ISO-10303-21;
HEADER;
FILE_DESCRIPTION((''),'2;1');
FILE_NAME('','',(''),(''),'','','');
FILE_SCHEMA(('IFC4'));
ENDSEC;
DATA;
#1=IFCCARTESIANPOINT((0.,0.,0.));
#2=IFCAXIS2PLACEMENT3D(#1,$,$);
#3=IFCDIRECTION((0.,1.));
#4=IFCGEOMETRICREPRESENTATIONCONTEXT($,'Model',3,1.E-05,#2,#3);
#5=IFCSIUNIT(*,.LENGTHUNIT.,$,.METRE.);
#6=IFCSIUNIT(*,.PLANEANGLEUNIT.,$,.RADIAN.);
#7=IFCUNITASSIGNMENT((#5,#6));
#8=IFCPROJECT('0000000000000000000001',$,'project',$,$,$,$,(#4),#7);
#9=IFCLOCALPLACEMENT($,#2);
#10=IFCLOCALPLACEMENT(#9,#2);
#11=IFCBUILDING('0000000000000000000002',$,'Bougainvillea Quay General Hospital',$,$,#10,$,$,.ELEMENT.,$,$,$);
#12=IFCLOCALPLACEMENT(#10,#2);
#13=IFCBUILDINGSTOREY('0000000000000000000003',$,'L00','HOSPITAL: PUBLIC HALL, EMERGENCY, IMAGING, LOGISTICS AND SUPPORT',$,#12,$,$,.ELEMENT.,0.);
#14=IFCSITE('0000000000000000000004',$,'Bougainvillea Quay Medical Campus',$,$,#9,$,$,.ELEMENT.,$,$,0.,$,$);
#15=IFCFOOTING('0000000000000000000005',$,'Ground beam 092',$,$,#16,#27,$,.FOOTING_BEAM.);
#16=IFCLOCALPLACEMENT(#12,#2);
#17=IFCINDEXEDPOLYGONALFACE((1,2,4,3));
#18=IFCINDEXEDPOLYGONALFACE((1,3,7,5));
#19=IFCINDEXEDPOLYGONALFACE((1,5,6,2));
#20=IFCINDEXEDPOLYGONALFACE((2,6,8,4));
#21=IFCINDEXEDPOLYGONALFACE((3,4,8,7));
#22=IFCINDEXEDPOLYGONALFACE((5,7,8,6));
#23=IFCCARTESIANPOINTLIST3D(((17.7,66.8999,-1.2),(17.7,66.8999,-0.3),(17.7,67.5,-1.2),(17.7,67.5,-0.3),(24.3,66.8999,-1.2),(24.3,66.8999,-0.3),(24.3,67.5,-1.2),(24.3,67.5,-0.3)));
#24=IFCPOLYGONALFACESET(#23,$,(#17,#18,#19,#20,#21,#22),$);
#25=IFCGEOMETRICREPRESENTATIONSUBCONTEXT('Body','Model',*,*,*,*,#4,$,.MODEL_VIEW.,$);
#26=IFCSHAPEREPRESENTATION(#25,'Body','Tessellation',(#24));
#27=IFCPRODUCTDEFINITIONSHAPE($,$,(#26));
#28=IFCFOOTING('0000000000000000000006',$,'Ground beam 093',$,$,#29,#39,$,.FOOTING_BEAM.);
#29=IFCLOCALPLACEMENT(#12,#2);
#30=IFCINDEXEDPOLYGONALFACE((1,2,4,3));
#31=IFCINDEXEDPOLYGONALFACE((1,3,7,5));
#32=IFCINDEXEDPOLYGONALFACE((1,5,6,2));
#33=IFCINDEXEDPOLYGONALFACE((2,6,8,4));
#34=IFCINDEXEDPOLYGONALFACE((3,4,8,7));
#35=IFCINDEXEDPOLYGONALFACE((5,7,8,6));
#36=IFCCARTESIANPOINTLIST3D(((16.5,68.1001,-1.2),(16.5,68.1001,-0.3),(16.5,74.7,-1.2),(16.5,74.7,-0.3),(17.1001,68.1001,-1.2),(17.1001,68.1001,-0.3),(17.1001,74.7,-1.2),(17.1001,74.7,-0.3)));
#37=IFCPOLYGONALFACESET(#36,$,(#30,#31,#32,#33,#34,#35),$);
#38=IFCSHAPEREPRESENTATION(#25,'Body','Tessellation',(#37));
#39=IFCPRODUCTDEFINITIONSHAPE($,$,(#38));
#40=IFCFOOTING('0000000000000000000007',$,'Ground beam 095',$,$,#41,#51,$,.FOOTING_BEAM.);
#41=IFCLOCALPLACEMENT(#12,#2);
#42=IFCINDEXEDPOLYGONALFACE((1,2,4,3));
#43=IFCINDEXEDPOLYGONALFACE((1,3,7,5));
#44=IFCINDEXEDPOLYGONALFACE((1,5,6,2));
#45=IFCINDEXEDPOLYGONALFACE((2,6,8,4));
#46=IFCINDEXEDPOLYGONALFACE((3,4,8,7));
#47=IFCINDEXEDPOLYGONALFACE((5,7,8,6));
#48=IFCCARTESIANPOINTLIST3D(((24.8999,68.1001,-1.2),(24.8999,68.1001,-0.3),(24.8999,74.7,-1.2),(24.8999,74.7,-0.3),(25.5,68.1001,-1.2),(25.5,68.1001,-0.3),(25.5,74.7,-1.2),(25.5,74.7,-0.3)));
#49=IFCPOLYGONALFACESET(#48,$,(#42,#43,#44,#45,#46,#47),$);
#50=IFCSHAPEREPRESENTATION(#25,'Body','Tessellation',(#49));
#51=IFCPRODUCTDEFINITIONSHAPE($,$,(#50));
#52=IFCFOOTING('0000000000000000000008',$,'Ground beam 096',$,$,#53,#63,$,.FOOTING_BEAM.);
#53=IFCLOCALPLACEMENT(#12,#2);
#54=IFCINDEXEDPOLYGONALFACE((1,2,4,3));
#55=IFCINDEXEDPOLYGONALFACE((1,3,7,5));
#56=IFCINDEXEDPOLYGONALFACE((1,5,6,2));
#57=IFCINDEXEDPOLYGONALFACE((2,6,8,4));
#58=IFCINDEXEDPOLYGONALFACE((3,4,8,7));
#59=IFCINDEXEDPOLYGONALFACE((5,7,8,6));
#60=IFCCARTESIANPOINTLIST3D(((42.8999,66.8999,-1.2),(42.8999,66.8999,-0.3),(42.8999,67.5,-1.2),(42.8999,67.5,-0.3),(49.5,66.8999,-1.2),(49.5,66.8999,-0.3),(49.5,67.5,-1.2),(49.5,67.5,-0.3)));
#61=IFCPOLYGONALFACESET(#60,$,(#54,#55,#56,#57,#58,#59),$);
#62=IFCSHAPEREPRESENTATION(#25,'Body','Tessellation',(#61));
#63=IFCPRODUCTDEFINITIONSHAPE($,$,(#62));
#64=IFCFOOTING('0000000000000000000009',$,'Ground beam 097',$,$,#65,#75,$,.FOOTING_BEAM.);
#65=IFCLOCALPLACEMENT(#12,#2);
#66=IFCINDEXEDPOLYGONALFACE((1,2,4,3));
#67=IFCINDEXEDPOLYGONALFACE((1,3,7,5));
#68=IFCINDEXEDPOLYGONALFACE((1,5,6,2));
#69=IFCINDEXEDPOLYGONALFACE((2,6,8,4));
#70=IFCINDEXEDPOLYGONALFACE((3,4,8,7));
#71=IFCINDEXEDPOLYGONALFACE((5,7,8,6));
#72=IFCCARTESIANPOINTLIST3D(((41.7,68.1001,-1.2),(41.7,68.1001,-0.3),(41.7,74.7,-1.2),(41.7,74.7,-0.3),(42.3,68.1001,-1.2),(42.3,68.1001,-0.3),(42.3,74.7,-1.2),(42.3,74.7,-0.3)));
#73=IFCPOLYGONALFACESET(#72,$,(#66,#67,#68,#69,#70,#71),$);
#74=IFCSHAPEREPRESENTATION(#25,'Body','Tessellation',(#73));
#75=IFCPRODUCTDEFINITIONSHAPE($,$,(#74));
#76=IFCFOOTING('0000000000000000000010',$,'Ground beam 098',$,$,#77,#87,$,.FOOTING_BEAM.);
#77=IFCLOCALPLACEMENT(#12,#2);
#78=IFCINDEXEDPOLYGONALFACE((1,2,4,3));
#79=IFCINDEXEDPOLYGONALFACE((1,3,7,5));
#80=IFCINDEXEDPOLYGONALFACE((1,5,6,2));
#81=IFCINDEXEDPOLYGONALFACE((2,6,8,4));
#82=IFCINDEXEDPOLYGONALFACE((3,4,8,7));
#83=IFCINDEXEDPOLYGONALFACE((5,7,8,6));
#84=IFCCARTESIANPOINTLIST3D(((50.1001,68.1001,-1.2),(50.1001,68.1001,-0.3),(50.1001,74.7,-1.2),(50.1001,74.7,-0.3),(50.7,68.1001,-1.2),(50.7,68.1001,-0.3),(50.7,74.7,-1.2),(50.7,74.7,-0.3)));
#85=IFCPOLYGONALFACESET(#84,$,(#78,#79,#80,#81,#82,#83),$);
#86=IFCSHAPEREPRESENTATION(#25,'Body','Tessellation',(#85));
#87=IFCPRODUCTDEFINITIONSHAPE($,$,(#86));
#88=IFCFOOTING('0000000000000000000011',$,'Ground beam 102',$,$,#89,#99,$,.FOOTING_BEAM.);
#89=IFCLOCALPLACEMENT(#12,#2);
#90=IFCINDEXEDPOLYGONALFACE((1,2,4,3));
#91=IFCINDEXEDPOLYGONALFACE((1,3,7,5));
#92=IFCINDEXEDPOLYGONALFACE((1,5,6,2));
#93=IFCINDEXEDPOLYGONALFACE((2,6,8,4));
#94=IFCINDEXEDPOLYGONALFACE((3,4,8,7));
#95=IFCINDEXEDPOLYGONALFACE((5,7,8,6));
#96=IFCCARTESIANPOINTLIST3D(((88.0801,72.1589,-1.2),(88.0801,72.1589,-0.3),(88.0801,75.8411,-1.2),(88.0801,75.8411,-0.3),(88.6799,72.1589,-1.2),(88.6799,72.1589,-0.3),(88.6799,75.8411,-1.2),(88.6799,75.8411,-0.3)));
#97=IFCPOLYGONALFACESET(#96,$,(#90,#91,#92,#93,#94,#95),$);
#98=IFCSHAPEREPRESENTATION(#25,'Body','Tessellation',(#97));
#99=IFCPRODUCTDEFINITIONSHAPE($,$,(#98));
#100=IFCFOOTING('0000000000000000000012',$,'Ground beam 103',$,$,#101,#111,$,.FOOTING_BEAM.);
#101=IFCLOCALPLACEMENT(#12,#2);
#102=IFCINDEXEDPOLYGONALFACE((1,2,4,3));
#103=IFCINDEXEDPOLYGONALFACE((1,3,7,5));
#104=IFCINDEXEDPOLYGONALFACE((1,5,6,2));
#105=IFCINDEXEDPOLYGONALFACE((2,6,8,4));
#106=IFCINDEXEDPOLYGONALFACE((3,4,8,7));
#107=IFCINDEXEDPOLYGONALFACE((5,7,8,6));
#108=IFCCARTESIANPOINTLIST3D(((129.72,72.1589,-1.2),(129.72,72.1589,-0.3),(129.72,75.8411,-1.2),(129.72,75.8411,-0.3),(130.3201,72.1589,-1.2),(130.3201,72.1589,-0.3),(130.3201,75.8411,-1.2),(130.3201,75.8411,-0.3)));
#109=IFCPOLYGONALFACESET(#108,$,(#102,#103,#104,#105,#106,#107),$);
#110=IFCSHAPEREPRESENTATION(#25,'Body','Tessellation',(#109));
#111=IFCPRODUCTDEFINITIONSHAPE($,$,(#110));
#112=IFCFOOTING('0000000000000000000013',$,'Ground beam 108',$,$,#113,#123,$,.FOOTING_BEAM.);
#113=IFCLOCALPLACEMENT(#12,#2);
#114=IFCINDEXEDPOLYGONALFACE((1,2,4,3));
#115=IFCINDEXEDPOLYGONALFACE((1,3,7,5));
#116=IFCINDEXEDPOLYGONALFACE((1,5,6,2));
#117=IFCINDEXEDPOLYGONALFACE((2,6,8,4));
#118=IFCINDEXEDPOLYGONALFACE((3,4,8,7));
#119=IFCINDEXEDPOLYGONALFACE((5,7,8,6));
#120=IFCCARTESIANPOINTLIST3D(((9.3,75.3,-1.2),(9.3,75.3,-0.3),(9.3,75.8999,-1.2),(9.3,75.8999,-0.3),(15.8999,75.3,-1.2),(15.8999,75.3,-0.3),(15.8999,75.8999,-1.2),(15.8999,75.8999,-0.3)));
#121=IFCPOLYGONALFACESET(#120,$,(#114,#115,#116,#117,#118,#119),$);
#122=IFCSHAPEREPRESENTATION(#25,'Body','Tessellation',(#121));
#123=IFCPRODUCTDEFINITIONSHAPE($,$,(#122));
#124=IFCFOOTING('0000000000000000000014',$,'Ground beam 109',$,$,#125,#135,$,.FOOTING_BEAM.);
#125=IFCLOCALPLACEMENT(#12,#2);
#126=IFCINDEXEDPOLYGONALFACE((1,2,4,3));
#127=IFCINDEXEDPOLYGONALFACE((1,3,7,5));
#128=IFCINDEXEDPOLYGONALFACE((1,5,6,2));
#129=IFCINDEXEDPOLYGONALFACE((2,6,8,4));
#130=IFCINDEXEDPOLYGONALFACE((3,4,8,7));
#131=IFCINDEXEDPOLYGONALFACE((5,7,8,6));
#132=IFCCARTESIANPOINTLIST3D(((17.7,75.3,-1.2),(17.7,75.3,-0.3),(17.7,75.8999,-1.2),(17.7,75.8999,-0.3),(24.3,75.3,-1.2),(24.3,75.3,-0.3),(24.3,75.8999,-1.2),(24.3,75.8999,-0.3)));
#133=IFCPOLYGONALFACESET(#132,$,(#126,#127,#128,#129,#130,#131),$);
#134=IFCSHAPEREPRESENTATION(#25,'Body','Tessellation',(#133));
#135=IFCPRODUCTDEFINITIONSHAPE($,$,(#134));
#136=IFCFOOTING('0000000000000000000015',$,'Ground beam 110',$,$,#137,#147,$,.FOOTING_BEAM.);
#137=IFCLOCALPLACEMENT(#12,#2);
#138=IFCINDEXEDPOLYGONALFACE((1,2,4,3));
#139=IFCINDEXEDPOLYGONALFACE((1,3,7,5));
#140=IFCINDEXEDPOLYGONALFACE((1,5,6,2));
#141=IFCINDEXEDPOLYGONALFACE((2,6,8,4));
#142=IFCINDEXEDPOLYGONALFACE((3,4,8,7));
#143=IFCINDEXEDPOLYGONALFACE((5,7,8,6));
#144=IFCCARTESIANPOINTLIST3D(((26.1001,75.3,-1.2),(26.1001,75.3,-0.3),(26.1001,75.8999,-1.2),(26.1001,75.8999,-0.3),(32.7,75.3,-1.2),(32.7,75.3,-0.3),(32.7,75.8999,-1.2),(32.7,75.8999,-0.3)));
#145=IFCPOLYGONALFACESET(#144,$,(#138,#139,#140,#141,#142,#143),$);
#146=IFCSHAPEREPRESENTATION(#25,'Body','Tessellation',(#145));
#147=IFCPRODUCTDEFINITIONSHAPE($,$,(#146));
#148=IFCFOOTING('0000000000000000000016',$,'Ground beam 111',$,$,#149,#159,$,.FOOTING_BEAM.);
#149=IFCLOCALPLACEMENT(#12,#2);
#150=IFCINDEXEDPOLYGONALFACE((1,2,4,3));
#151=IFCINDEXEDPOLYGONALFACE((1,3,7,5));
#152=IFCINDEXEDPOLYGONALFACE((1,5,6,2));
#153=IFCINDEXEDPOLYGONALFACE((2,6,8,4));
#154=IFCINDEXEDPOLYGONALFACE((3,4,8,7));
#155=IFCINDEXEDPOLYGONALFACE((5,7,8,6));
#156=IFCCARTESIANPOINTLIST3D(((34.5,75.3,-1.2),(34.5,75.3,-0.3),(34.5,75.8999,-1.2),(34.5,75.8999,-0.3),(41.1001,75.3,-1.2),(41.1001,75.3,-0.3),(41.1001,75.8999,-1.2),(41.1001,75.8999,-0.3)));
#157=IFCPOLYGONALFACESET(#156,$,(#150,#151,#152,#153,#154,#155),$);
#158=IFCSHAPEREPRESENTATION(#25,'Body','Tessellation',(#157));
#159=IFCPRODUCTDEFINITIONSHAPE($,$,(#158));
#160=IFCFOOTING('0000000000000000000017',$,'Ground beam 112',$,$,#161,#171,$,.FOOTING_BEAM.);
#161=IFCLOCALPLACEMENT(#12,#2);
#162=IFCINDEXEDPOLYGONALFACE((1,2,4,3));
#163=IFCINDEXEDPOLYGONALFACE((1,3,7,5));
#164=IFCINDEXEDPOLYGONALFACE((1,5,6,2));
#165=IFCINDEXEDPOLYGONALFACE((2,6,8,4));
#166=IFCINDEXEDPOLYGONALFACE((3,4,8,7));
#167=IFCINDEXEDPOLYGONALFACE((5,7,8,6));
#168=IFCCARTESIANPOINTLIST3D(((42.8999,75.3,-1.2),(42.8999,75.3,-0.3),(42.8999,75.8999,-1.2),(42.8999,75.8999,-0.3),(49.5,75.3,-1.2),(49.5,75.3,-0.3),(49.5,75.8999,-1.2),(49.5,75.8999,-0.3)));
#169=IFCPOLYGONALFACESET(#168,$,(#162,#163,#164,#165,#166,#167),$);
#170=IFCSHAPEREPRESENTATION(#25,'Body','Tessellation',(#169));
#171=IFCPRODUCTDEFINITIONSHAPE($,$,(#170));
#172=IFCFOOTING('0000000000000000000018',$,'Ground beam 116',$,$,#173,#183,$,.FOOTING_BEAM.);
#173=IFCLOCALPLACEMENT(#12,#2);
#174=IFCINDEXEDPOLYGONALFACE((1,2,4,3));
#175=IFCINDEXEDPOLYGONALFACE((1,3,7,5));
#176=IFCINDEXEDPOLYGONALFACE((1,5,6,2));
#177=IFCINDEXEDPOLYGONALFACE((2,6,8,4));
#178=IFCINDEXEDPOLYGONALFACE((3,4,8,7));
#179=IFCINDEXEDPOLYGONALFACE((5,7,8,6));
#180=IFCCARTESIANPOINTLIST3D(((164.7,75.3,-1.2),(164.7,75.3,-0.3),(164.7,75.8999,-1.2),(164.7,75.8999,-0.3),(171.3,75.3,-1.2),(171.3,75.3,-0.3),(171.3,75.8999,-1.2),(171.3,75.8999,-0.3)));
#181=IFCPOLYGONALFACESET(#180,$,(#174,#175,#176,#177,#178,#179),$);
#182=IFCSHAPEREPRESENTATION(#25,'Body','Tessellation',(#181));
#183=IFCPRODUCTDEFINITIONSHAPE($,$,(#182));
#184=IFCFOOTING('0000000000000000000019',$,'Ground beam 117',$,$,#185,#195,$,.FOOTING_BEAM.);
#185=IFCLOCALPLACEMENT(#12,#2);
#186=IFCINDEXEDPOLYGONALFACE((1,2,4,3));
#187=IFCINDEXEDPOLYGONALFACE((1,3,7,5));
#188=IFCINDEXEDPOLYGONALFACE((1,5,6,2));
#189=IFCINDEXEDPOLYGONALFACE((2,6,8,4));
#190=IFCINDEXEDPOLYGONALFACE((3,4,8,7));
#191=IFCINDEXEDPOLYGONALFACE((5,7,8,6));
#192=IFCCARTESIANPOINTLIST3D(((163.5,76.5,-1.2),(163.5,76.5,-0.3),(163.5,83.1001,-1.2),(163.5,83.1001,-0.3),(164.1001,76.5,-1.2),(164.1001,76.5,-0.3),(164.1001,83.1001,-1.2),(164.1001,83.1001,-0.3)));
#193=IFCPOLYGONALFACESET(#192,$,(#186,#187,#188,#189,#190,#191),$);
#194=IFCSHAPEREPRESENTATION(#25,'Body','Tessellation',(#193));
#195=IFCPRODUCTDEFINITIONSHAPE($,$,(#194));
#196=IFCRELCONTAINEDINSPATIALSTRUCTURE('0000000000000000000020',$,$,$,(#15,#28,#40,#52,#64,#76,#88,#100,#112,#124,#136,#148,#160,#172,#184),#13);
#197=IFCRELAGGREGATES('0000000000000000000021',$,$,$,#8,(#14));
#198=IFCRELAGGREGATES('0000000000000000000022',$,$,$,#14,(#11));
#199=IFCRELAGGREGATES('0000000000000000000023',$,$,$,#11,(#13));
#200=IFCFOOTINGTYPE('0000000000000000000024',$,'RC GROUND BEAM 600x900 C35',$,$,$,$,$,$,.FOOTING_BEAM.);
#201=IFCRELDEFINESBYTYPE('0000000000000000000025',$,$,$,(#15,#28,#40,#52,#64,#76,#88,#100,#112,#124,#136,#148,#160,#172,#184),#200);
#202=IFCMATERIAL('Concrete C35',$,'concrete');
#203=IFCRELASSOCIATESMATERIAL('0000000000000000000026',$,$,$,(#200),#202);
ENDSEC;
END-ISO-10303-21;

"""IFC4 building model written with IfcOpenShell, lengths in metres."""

from ifc_helpers import new_model, si_unit, direction, frame, origin, origin_2d, place, context, subcontext, project, spatial, polyline, rectangle, outline, extrude, material, material_profile, profile_set, type_object, element, save


model = new_model("IFC4")

# Units and contexts
model_context = context("Model", 3, precision=1e-05, world=origin(), true_north=direction((0.0, 1.0)))
body_context = subcontext(model_context, "Body", "Model", "MODEL_VIEW")
ifc_project = project(units=[si_unit("LENGTHUNIT", "METRE"), si_unit("PLANEANGLEUNIT", "RADIAN")], contexts=[model_context])

# Site, building, storey
site_placement = place(None, origin())
site = spatial("IfcSite", under=ifc_project, at=site_placement, Name="Bougainvillea Quay Medical Campus", CompositionType="ELEMENT", RefElevation=0.0)
building_placement = place(site_placement, origin())
building = spatial("IfcBuilding", under=site, at=building_placement, Name="Bougainvillea Quay General Hospital", CompositionType="ELEMENT")
storey_placement = place(building_placement, origin())
storey = spatial("IfcBuildingStorey", under=building, at=storey_placement, Name="L00", Description="HOSPITAL: PUBLIC HALL, EMERGENCY, IMAGING, LOGISTICS AND SUPPORT", CompositionType="ELEMENT", Elevation=0.0)

# Footings
ifc_material = material(Name="Concrete C35", Category="concrete")
ifc_material_profile = material_profile(ifc_material, rectangle(XDim=0.6001, YDim=0.8999, at=origin_2d()))
ifc_profile_set = profile_set([ifc_material_profile], Name="Concrete C35")
footing_type = type_object("IfcFootingType", Name="RC GROUND BEAM 600x900 C35", PredefinedType="FOOTING_BEAM", material=ifc_profile_set)
footing_1_placement = place(storey_placement, frame((0.0, 0.0, -1.2)))
element("IfcFooting", 1, at=footing_1_placement, inside=storey, type_object=footing_type, Name="Ground beam 092", PredefinedType="FOOTING_BEAM", context=body_context, shape_type="SweptSolid", body=[
    extrude(outline(polyline([(17.7, 67.5), (24.3, 67.5), (24.3, 66.8999), (17.7, 66.8999), (17.7, 67.5)])), origin(), (0.0, 0.0, 1.0), 0.8999),
])
footing_2_placement = place(storey_placement, frame((0.0, 0.0, -1.2)))
element("IfcFooting", 2, at=footing_2_placement, inside=storey, type_object=footing_type, Name="Ground beam 093", PredefinedType="FOOTING_BEAM", context=body_context, shape_type="SweptSolid", body=[
    extrude(outline(polyline([(16.5, 68.1001), (16.5, 74.7), (17.1001, 74.7), (17.1001, 68.1001), (16.5, 68.1001)])), origin(), (0.0, 0.0, 1.0), 0.8999),
])
footing_3_placement = place(storey_placement, frame((0.0, 0.0, -1.2)))
element("IfcFooting", 3, at=footing_3_placement, inside=storey, type_object=footing_type, Name="Ground beam 095", PredefinedType="FOOTING_BEAM", context=body_context, shape_type="SweptSolid", body=[
    extrude(outline(polyline([(24.8999, 68.1001), (24.8999, 74.7), (25.5, 74.7), (25.5, 68.1001), (24.8999, 68.1001)])), origin(), (0.0, 0.0, 1.0), 0.8999),
])
footing_4_placement = place(storey_placement, frame((0.0, 0.0, -1.2)))
element("IfcFooting", 4, at=footing_4_placement, inside=storey, type_object=footing_type, Name="Ground beam 096", PredefinedType="FOOTING_BEAM", context=body_context, shape_type="SweptSolid", body=[
    extrude(outline(polyline([(42.8999, 67.5), (49.5, 67.5), (49.5, 66.8999), (42.8999, 66.8999), (42.8999, 67.5)])), origin(), (0.0, 0.0, 1.0), 0.8999),
])
footing_5_placement = place(storey_placement, frame((0.0, 0.0, -1.2)))
element("IfcFooting", 5, at=footing_5_placement, inside=storey, type_object=footing_type, Name="Ground beam 097", PredefinedType="FOOTING_BEAM", context=body_context, shape_type="SweptSolid", body=[
    extrude(outline(polyline([(41.7, 68.1001), (41.7, 74.7), (42.3, 74.7), (42.3, 68.1001), (41.7, 68.1001)])), origin(), (0.0, 0.0, 1.0), 0.8999),
])
footing_6_placement = place(storey_placement, frame((0.0, 0.0, -1.2)))
element("IfcFooting", 6, at=footing_6_placement, inside=storey, type_object=footing_type, Name="Ground beam 098", PredefinedType="FOOTING_BEAM", context=body_context, shape_type="SweptSolid", body=[
    extrude(outline(polyline([(50.1001, 68.1001), (50.1001, 74.7), (50.7, 74.7), (50.7, 68.1001), (50.1001, 68.1001)])), origin(), (0.0, 0.0, 1.0), 0.8999),
])
footing_7_placement = place(storey_placement, frame((0.0, 0.0, -1.2)))
element("IfcFooting", 7, at=footing_7_placement, inside=storey, type_object=footing_type, Name="Ground beam 102", PredefinedType="FOOTING_BEAM", context=body_context, shape_type="SweptSolid", body=[
    extrude(outline(polyline([(88.0801, 72.1589), (88.0801, 75.8411), (88.6799, 75.8411), (88.6799, 72.1589), (88.0801, 72.1589)])), origin(), (0.0, 0.0, 1.0), 0.8999),
])
footing_8_placement = place(storey_placement, frame((0.0, 0.0, -1.2)))
element("IfcFooting", 8, at=footing_8_placement, inside=storey, type_object=footing_type, Name="Ground beam 103", PredefinedType="FOOTING_BEAM", context=body_context, shape_type="SweptSolid", body=[
    extrude(outline(polyline([(129.72, 72.1589), (129.72, 75.8411), (130.3201, 75.8411), (130.3201, 72.1589), (129.72, 72.1589)])), origin(), (0.0, 0.0, 1.0), 0.8999),
])
footing_9_placement = place(storey_placement, frame((0.0, 0.0, -1.2)))
element("IfcFooting", 9, at=footing_9_placement, inside=storey, type_object=footing_type, Name="Ground beam 108", PredefinedType="FOOTING_BEAM", context=body_context, shape_type="SweptSolid", body=[
    extrude(outline(polyline([(9.3, 75.8999), (15.8999, 75.8999), (15.8999, 75.3), (9.3, 75.3), (9.3, 75.8999)])), origin(), (0.0, 0.0, 1.0), 0.8999),
])
footing_10_placement = place(storey_placement, frame((0.0, 0.0, -1.2)))
element("IfcFooting", 10, at=footing_10_placement, inside=storey, type_object=footing_type, Name="Ground beam 109", PredefinedType="FOOTING_BEAM", context=body_context, shape_type="SweptSolid", body=[
    extrude(outline(polyline([(17.7, 75.8999), (24.3, 75.8999), (24.3, 75.3), (17.7, 75.3), (17.7, 75.8999)])), origin(), (0.0, 0.0, 1.0), 0.8999),
])
footing_11_placement = place(storey_placement, frame((0.0, 0.0, -1.2)))
element("IfcFooting", 11, at=footing_11_placement, inside=storey, type_object=footing_type, Name="Ground beam 110", PredefinedType="FOOTING_BEAM", context=body_context, shape_type="SweptSolid", body=[
    extrude(outline(polyline([(26.1001, 75.8999), (32.7, 75.8999), (32.7, 75.3), (26.1001, 75.3), (26.1001, 75.8999)])), origin(), (0.0, 0.0, 1.0), 0.8999),
])
footing_12_placement = place(storey_placement, frame((0.0, 0.0, -1.2)))
element("IfcFooting", 12, at=footing_12_placement, inside=storey, type_object=footing_type, Name="Ground beam 111", PredefinedType="FOOTING_BEAM", context=body_context, shape_type="SweptSolid", body=[
    extrude(outline(polyline([(34.5, 75.8999), (41.1001, 75.8999), (41.1001, 75.3), (34.5, 75.3), (34.5, 75.8999)])), origin(), (0.0, 0.0, 1.0), 0.8999),
])
footing_13_placement = place(storey_placement, frame((0.0, 0.0, -1.2)))
element("IfcFooting", 13, at=footing_13_placement, inside=storey, type_object=footing_type, Name="Ground beam 112", PredefinedType="FOOTING_BEAM", context=body_context, shape_type="SweptSolid", body=[
    extrude(outline(polyline([(42.8999, 75.8999), (49.5, 75.8999), (49.5, 75.3), (42.8999, 75.3), (42.8999, 75.8999)])), origin(), (0.0, 0.0, 1.0), 0.8999),
])
footing_14_placement = place(storey_placement, frame((0.0, 0.0, -1.2)))
element("IfcFooting", 14, at=footing_14_placement, inside=storey, type_object=footing_type, Name="Ground beam 116", PredefinedType="FOOTING_BEAM", context=body_context, shape_type="SweptSolid", body=[
    extrude(outline(polyline([(164.7, 75.8999), (171.3, 75.8999), (171.3, 75.3), (164.7, 75.3), (164.7, 75.8999)])), origin(), (0.0, 0.0, 1.0), 0.8999),
])
footing_15_placement = place(storey_placement, frame((0.0, 0.0, -1.2)))
element("IfcFooting", 15, at=footing_15_placement, inside=storey, type_object=footing_type, Name="Ground beam 117", PredefinedType="FOOTING_BEAM", context=body_context, shape_type="SweptSolid", body=[
    extrude(outline(polyline([(163.5, 76.5), (163.5, 83.1001), (164.1001, 83.1001), (164.1001, 76.5), (163.5, 76.5)])), origin(), (0.0, 0.0, 1.0), 0.8999),
])

save(model, "model.ifc")
